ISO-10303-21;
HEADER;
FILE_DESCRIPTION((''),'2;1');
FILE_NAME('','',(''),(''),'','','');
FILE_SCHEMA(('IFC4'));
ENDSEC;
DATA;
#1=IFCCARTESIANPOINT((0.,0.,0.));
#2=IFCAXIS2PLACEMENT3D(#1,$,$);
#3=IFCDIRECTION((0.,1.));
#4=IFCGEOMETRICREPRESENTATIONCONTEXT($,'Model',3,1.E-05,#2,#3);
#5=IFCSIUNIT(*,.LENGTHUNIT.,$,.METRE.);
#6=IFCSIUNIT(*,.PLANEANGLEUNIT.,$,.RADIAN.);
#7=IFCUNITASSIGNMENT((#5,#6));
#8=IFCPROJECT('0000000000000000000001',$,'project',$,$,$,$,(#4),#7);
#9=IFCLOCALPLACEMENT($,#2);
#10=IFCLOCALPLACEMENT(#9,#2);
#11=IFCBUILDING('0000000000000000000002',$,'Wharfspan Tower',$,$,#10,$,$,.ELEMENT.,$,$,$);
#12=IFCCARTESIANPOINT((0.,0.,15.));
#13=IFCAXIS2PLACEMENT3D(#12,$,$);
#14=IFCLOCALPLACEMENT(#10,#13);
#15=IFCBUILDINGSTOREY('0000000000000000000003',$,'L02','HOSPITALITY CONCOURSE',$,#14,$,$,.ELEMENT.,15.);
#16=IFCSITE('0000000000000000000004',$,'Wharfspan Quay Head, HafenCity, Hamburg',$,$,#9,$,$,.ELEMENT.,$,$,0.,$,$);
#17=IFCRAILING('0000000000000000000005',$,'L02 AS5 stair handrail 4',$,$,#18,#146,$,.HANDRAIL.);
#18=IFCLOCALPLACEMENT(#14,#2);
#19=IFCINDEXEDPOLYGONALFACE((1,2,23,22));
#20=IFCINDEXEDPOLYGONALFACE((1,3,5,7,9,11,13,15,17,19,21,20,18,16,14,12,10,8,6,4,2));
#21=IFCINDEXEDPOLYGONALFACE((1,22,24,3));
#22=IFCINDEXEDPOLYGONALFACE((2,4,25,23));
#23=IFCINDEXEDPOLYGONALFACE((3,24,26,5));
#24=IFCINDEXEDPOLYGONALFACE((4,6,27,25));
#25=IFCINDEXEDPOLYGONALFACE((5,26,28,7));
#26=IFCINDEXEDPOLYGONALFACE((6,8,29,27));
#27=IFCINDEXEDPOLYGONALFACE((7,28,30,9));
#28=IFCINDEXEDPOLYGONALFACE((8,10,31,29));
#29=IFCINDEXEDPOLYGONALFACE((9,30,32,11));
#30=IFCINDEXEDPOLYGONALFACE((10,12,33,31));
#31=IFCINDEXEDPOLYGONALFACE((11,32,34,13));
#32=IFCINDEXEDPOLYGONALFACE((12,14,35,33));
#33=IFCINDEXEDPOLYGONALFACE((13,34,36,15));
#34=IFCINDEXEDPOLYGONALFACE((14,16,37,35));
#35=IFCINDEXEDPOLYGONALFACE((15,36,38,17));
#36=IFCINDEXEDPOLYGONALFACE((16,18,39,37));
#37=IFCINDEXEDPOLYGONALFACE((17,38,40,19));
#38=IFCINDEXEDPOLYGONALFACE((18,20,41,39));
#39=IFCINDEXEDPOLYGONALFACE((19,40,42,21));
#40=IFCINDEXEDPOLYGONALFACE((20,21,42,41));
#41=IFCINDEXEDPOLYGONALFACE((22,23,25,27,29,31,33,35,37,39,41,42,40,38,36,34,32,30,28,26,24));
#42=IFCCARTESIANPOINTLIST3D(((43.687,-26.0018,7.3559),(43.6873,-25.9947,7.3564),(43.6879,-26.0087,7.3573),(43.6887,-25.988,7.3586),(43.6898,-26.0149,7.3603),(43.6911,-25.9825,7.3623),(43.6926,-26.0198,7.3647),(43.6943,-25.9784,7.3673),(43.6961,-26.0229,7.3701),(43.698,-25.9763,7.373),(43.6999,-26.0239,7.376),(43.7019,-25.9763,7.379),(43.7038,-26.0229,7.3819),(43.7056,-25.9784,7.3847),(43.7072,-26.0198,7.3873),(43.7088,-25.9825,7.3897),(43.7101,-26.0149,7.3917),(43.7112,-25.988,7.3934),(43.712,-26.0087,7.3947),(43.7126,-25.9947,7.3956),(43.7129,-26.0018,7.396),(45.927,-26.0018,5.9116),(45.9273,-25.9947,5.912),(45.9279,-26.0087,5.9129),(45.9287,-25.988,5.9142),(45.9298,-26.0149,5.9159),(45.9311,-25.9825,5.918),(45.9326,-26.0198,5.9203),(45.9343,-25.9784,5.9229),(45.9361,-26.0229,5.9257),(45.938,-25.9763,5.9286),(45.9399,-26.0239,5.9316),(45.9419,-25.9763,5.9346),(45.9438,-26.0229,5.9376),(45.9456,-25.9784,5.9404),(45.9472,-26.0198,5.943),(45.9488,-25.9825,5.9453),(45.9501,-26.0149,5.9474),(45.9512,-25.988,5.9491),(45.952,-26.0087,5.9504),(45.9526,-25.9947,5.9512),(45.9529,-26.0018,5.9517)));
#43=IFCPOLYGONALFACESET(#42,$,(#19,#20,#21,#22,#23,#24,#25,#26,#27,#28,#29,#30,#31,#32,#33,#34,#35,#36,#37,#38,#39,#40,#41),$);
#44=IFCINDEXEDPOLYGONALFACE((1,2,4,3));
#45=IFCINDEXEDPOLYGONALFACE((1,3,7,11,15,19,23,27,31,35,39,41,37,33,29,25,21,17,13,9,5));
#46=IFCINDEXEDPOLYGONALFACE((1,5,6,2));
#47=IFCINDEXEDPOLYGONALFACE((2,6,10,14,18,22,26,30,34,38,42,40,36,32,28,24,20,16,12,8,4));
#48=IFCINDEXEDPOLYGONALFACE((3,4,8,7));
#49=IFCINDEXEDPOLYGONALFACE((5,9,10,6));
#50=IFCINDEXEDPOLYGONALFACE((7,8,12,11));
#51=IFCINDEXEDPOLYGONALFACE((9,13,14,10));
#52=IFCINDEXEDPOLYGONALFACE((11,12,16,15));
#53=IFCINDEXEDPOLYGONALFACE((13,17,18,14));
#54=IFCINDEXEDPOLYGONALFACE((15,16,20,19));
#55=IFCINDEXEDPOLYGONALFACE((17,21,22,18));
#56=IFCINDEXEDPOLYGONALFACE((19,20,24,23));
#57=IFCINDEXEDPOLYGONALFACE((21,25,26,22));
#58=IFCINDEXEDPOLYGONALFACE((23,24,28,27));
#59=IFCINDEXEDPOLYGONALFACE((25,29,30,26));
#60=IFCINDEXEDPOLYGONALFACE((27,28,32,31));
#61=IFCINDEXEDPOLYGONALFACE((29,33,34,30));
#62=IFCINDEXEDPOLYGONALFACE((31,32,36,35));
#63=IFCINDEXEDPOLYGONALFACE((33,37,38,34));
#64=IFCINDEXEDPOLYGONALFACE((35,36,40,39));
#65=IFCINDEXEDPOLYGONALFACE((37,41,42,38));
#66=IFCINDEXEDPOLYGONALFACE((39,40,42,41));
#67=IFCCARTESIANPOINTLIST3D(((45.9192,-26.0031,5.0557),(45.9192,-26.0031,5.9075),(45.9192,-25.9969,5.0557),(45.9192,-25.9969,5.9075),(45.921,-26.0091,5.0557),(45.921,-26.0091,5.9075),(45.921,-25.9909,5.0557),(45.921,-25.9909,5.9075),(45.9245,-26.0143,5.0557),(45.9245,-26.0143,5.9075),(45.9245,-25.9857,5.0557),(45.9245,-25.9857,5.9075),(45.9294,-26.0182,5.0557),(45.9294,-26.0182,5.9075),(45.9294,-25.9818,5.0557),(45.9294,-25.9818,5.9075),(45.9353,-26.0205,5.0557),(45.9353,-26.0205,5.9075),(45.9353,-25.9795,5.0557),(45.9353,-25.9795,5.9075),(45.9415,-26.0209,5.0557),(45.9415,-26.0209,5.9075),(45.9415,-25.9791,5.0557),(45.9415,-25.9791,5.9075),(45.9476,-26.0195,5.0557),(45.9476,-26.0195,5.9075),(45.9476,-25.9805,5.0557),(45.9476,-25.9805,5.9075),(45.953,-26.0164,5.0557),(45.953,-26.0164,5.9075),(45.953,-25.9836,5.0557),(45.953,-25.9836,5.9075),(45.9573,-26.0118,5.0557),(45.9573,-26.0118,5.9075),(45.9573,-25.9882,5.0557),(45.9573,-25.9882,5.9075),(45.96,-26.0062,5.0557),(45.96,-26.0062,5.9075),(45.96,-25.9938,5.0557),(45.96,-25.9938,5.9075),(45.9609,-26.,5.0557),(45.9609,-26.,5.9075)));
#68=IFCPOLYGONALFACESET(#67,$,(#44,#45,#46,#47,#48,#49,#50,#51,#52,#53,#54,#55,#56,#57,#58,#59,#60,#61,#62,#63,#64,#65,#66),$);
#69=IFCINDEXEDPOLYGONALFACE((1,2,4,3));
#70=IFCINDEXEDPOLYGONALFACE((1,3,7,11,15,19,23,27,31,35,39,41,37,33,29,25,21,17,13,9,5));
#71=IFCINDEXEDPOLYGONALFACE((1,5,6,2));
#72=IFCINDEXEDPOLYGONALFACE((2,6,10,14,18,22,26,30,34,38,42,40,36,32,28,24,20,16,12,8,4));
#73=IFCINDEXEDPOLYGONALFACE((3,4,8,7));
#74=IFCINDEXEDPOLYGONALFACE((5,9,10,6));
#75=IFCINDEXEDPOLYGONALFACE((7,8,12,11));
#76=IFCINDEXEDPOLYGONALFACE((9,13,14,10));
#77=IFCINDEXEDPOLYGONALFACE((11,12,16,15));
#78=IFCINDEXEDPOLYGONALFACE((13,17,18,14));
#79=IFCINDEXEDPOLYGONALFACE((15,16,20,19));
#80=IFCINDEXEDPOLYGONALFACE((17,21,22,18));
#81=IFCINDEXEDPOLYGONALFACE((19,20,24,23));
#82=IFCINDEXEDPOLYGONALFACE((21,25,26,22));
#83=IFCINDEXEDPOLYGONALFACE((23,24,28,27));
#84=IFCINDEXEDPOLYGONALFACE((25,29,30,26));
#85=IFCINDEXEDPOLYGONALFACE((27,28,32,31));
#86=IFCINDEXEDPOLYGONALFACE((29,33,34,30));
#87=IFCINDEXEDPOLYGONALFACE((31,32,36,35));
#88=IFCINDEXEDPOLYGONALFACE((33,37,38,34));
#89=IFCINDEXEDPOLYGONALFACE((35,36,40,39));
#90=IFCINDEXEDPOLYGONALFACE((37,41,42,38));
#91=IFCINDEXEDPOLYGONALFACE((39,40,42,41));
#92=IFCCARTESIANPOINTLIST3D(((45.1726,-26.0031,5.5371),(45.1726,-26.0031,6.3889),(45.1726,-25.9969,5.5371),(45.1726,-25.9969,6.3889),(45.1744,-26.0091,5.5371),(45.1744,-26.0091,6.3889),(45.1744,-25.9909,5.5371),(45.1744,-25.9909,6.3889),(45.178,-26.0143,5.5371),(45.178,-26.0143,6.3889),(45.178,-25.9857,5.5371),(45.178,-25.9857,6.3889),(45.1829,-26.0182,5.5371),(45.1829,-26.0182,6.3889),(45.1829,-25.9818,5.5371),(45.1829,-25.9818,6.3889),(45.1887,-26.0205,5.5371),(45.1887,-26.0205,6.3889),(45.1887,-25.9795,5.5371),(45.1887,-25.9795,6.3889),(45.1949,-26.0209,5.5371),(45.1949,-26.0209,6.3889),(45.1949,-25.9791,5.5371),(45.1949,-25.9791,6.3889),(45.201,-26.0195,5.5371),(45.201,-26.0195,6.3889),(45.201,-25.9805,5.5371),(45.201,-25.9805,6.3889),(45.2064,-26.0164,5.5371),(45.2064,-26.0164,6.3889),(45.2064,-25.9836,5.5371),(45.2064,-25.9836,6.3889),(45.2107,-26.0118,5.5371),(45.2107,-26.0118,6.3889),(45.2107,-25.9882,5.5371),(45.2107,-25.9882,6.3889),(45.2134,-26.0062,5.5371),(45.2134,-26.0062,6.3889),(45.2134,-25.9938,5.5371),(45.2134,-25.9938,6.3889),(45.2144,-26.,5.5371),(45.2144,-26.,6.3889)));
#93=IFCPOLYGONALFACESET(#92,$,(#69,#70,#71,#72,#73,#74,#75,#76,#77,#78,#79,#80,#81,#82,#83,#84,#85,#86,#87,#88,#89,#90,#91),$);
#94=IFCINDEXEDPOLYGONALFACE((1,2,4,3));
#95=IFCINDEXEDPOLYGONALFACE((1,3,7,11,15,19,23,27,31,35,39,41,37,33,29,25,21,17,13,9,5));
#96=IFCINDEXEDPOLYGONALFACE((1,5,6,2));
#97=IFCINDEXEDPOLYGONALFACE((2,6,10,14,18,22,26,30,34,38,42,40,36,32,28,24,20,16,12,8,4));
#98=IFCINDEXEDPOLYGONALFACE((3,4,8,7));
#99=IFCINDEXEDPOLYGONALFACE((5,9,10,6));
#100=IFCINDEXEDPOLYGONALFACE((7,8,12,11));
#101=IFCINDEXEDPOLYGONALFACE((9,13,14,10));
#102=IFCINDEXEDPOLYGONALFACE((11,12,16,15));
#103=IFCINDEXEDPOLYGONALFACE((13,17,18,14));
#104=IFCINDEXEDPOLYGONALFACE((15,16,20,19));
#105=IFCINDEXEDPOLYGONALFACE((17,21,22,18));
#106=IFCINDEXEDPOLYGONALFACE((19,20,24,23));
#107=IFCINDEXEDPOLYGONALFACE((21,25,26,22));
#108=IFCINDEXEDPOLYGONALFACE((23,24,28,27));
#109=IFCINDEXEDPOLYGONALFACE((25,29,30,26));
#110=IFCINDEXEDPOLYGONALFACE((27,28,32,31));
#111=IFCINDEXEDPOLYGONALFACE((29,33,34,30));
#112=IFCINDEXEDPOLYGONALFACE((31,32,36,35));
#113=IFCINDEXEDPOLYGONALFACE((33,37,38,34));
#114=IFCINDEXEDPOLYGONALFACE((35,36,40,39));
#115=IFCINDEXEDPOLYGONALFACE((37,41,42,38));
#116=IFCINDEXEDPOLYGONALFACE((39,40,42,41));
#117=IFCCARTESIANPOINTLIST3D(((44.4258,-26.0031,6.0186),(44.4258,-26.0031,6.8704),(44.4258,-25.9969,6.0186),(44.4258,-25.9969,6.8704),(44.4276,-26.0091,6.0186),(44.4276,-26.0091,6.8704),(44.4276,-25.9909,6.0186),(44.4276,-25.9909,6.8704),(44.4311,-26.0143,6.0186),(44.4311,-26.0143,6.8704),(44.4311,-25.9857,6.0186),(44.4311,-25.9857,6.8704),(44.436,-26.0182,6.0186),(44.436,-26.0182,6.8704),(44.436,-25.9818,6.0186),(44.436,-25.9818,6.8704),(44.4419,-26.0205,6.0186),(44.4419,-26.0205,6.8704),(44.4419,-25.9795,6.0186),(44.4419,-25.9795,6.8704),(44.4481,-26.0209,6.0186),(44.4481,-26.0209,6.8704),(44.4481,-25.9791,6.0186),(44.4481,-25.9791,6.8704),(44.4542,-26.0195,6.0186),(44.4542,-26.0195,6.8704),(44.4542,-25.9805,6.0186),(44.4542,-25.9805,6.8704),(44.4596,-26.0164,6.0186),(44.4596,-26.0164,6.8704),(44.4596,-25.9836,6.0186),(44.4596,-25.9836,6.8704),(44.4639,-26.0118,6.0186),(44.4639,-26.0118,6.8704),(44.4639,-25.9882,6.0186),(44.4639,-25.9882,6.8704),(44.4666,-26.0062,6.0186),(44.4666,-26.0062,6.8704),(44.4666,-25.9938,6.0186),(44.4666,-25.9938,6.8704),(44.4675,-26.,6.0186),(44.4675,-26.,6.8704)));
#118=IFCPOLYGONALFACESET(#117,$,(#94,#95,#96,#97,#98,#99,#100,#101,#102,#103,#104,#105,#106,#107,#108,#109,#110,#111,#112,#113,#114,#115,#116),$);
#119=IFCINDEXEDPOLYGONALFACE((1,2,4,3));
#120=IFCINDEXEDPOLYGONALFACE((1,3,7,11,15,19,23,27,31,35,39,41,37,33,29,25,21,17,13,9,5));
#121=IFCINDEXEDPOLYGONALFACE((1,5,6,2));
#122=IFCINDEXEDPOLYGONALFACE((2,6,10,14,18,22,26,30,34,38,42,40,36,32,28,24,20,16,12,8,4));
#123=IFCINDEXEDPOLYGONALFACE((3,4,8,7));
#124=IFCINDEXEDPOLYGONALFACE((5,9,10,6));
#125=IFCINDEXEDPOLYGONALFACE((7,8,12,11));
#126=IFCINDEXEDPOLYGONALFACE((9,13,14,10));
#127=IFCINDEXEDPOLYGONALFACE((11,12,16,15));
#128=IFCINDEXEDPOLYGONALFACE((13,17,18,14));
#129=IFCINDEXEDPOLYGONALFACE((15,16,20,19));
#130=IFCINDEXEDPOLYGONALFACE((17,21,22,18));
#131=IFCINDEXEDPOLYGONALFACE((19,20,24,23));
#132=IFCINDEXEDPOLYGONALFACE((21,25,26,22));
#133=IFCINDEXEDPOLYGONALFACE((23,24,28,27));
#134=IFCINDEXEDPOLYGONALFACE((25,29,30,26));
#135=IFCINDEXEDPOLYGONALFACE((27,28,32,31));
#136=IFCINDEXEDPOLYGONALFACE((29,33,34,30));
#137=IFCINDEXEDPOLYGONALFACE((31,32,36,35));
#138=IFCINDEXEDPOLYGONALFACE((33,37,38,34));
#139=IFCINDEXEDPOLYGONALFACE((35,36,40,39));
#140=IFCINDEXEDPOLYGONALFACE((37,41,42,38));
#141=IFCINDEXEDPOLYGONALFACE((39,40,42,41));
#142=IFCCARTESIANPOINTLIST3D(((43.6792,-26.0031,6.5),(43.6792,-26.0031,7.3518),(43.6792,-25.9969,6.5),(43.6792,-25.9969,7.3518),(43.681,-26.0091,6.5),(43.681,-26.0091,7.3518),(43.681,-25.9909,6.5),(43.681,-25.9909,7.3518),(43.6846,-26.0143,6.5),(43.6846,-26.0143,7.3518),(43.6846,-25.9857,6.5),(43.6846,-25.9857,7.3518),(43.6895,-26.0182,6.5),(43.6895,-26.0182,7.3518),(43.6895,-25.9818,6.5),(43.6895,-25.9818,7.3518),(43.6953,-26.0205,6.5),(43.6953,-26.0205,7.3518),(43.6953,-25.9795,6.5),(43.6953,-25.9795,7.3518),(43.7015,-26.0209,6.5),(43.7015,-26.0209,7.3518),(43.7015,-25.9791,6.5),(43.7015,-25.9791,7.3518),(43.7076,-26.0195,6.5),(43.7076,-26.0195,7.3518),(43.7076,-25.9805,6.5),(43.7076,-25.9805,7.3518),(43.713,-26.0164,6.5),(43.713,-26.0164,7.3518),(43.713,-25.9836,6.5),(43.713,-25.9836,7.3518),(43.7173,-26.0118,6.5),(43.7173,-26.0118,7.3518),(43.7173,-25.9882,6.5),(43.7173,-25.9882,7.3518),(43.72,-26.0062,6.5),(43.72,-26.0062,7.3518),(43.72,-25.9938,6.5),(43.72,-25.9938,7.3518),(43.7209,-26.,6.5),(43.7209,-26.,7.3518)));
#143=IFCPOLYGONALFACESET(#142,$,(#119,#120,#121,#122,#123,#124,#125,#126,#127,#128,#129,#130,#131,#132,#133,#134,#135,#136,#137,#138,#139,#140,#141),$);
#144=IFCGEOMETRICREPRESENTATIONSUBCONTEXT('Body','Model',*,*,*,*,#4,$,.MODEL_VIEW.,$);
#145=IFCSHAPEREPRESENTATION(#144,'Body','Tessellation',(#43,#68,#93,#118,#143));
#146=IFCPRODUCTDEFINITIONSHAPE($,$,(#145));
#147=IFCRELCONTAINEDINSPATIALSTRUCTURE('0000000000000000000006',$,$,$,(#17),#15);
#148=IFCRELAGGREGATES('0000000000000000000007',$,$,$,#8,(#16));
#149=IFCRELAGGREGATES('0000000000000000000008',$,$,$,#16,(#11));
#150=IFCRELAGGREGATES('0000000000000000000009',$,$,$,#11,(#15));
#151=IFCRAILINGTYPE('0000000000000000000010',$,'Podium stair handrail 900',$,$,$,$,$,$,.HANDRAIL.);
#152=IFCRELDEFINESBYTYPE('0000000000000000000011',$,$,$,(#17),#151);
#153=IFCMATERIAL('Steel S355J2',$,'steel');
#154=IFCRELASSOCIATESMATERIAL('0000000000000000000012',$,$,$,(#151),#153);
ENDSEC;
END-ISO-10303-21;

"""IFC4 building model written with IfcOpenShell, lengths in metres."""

from ifc_helpers import new_model, si_unit, direction, frame, origin, origin_2d, place, context, subcontext, project, spatial, circle, extrude, material, type_object, element, save


model = new_model("IFC4")

# Units and contexts
model_context = context("Model", 3, precision=1e-05, world=origin(), true_north=direction((0.0, 1.0)))
body_context = subcontext(model_context, "Body", "Model", "MODEL_VIEW")
ifc_project = project(units=[si_unit("LENGTHUNIT", "METRE"), si_unit("PLANEANGLEUNIT", "RADIAN")], contexts=[model_context])

# Site, building, storey
site_placement = place(None, origin())
site = spatial("IfcSite", under=ifc_project, at=site_placement, Name="Wharfspan Quay Head, HafenCity, Hamburg", CompositionType="ELEMENT", RefElevation=0.0)
building_placement = place(site_placement, origin())
building = spatial("IfcBuilding", under=site, at=building_placement, Name="Wharfspan Tower", CompositionType="ELEMENT")
storey_placement = place(building_placement, frame((0.0, 0.0, 15.0)))
storey = spatial("IfcBuildingStorey", under=building, at=storey_placement, Name="L02", Description="HOSPITALITY CONCOURSE", CompositionType="ELEMENT", Elevation=15.0)

# Railing
ifc_material_1 = material(Name="Steel S355J2", Category="steel")
railing_type_1 = type_object("IfcRailingType", Name="Podium stair handrail 900", PredefinedType="HANDRAIL", material=ifc_material_1)
railing_1_placement = place(storey_placement, frame((45.9399, -26.0, 5.0557)))
element("IfcRailing", 1, at=railing_1_placement, inside=storey, type_object=railing_type_1, Name="L02 AS5 stair handrail 4", PredefinedType="HANDRAIL", context=body_context, shape_type="SweptSolid", body=[
    extrude(circle(Radius=0.0239, at=origin_2d()), frame((0.0, 0.0, 0.876), z_axis=(-0.840437, 0.0, 0.54191), x_axis=(0.0, -1.0, 0.0)), (0.0, 0.0, 1.0), 2.6653),
    extrude(circle(Radius=0.021, at=origin_2d()), origin(), (0.0, 0.0, 1.0), 0.8518),
    extrude(circle(Radius=0.021, at=origin_2d()), frame((-0.7466, 0.0, 0.4814)), (0.0, 0.0, 1.0), 0.8518),
    extrude(circle(Radius=0.021, at=origin_2d()), frame((-1.4934, 0.0, 0.9629)), (0.0, 0.0, 1.0), 0.8518),
    extrude(circle(Radius=0.021, at=origin_2d()), frame((-2.24, 0.0, 1.4443)), (0.0, 0.0, 1.0), 0.8518),
])

save(model, "model.ifc")
